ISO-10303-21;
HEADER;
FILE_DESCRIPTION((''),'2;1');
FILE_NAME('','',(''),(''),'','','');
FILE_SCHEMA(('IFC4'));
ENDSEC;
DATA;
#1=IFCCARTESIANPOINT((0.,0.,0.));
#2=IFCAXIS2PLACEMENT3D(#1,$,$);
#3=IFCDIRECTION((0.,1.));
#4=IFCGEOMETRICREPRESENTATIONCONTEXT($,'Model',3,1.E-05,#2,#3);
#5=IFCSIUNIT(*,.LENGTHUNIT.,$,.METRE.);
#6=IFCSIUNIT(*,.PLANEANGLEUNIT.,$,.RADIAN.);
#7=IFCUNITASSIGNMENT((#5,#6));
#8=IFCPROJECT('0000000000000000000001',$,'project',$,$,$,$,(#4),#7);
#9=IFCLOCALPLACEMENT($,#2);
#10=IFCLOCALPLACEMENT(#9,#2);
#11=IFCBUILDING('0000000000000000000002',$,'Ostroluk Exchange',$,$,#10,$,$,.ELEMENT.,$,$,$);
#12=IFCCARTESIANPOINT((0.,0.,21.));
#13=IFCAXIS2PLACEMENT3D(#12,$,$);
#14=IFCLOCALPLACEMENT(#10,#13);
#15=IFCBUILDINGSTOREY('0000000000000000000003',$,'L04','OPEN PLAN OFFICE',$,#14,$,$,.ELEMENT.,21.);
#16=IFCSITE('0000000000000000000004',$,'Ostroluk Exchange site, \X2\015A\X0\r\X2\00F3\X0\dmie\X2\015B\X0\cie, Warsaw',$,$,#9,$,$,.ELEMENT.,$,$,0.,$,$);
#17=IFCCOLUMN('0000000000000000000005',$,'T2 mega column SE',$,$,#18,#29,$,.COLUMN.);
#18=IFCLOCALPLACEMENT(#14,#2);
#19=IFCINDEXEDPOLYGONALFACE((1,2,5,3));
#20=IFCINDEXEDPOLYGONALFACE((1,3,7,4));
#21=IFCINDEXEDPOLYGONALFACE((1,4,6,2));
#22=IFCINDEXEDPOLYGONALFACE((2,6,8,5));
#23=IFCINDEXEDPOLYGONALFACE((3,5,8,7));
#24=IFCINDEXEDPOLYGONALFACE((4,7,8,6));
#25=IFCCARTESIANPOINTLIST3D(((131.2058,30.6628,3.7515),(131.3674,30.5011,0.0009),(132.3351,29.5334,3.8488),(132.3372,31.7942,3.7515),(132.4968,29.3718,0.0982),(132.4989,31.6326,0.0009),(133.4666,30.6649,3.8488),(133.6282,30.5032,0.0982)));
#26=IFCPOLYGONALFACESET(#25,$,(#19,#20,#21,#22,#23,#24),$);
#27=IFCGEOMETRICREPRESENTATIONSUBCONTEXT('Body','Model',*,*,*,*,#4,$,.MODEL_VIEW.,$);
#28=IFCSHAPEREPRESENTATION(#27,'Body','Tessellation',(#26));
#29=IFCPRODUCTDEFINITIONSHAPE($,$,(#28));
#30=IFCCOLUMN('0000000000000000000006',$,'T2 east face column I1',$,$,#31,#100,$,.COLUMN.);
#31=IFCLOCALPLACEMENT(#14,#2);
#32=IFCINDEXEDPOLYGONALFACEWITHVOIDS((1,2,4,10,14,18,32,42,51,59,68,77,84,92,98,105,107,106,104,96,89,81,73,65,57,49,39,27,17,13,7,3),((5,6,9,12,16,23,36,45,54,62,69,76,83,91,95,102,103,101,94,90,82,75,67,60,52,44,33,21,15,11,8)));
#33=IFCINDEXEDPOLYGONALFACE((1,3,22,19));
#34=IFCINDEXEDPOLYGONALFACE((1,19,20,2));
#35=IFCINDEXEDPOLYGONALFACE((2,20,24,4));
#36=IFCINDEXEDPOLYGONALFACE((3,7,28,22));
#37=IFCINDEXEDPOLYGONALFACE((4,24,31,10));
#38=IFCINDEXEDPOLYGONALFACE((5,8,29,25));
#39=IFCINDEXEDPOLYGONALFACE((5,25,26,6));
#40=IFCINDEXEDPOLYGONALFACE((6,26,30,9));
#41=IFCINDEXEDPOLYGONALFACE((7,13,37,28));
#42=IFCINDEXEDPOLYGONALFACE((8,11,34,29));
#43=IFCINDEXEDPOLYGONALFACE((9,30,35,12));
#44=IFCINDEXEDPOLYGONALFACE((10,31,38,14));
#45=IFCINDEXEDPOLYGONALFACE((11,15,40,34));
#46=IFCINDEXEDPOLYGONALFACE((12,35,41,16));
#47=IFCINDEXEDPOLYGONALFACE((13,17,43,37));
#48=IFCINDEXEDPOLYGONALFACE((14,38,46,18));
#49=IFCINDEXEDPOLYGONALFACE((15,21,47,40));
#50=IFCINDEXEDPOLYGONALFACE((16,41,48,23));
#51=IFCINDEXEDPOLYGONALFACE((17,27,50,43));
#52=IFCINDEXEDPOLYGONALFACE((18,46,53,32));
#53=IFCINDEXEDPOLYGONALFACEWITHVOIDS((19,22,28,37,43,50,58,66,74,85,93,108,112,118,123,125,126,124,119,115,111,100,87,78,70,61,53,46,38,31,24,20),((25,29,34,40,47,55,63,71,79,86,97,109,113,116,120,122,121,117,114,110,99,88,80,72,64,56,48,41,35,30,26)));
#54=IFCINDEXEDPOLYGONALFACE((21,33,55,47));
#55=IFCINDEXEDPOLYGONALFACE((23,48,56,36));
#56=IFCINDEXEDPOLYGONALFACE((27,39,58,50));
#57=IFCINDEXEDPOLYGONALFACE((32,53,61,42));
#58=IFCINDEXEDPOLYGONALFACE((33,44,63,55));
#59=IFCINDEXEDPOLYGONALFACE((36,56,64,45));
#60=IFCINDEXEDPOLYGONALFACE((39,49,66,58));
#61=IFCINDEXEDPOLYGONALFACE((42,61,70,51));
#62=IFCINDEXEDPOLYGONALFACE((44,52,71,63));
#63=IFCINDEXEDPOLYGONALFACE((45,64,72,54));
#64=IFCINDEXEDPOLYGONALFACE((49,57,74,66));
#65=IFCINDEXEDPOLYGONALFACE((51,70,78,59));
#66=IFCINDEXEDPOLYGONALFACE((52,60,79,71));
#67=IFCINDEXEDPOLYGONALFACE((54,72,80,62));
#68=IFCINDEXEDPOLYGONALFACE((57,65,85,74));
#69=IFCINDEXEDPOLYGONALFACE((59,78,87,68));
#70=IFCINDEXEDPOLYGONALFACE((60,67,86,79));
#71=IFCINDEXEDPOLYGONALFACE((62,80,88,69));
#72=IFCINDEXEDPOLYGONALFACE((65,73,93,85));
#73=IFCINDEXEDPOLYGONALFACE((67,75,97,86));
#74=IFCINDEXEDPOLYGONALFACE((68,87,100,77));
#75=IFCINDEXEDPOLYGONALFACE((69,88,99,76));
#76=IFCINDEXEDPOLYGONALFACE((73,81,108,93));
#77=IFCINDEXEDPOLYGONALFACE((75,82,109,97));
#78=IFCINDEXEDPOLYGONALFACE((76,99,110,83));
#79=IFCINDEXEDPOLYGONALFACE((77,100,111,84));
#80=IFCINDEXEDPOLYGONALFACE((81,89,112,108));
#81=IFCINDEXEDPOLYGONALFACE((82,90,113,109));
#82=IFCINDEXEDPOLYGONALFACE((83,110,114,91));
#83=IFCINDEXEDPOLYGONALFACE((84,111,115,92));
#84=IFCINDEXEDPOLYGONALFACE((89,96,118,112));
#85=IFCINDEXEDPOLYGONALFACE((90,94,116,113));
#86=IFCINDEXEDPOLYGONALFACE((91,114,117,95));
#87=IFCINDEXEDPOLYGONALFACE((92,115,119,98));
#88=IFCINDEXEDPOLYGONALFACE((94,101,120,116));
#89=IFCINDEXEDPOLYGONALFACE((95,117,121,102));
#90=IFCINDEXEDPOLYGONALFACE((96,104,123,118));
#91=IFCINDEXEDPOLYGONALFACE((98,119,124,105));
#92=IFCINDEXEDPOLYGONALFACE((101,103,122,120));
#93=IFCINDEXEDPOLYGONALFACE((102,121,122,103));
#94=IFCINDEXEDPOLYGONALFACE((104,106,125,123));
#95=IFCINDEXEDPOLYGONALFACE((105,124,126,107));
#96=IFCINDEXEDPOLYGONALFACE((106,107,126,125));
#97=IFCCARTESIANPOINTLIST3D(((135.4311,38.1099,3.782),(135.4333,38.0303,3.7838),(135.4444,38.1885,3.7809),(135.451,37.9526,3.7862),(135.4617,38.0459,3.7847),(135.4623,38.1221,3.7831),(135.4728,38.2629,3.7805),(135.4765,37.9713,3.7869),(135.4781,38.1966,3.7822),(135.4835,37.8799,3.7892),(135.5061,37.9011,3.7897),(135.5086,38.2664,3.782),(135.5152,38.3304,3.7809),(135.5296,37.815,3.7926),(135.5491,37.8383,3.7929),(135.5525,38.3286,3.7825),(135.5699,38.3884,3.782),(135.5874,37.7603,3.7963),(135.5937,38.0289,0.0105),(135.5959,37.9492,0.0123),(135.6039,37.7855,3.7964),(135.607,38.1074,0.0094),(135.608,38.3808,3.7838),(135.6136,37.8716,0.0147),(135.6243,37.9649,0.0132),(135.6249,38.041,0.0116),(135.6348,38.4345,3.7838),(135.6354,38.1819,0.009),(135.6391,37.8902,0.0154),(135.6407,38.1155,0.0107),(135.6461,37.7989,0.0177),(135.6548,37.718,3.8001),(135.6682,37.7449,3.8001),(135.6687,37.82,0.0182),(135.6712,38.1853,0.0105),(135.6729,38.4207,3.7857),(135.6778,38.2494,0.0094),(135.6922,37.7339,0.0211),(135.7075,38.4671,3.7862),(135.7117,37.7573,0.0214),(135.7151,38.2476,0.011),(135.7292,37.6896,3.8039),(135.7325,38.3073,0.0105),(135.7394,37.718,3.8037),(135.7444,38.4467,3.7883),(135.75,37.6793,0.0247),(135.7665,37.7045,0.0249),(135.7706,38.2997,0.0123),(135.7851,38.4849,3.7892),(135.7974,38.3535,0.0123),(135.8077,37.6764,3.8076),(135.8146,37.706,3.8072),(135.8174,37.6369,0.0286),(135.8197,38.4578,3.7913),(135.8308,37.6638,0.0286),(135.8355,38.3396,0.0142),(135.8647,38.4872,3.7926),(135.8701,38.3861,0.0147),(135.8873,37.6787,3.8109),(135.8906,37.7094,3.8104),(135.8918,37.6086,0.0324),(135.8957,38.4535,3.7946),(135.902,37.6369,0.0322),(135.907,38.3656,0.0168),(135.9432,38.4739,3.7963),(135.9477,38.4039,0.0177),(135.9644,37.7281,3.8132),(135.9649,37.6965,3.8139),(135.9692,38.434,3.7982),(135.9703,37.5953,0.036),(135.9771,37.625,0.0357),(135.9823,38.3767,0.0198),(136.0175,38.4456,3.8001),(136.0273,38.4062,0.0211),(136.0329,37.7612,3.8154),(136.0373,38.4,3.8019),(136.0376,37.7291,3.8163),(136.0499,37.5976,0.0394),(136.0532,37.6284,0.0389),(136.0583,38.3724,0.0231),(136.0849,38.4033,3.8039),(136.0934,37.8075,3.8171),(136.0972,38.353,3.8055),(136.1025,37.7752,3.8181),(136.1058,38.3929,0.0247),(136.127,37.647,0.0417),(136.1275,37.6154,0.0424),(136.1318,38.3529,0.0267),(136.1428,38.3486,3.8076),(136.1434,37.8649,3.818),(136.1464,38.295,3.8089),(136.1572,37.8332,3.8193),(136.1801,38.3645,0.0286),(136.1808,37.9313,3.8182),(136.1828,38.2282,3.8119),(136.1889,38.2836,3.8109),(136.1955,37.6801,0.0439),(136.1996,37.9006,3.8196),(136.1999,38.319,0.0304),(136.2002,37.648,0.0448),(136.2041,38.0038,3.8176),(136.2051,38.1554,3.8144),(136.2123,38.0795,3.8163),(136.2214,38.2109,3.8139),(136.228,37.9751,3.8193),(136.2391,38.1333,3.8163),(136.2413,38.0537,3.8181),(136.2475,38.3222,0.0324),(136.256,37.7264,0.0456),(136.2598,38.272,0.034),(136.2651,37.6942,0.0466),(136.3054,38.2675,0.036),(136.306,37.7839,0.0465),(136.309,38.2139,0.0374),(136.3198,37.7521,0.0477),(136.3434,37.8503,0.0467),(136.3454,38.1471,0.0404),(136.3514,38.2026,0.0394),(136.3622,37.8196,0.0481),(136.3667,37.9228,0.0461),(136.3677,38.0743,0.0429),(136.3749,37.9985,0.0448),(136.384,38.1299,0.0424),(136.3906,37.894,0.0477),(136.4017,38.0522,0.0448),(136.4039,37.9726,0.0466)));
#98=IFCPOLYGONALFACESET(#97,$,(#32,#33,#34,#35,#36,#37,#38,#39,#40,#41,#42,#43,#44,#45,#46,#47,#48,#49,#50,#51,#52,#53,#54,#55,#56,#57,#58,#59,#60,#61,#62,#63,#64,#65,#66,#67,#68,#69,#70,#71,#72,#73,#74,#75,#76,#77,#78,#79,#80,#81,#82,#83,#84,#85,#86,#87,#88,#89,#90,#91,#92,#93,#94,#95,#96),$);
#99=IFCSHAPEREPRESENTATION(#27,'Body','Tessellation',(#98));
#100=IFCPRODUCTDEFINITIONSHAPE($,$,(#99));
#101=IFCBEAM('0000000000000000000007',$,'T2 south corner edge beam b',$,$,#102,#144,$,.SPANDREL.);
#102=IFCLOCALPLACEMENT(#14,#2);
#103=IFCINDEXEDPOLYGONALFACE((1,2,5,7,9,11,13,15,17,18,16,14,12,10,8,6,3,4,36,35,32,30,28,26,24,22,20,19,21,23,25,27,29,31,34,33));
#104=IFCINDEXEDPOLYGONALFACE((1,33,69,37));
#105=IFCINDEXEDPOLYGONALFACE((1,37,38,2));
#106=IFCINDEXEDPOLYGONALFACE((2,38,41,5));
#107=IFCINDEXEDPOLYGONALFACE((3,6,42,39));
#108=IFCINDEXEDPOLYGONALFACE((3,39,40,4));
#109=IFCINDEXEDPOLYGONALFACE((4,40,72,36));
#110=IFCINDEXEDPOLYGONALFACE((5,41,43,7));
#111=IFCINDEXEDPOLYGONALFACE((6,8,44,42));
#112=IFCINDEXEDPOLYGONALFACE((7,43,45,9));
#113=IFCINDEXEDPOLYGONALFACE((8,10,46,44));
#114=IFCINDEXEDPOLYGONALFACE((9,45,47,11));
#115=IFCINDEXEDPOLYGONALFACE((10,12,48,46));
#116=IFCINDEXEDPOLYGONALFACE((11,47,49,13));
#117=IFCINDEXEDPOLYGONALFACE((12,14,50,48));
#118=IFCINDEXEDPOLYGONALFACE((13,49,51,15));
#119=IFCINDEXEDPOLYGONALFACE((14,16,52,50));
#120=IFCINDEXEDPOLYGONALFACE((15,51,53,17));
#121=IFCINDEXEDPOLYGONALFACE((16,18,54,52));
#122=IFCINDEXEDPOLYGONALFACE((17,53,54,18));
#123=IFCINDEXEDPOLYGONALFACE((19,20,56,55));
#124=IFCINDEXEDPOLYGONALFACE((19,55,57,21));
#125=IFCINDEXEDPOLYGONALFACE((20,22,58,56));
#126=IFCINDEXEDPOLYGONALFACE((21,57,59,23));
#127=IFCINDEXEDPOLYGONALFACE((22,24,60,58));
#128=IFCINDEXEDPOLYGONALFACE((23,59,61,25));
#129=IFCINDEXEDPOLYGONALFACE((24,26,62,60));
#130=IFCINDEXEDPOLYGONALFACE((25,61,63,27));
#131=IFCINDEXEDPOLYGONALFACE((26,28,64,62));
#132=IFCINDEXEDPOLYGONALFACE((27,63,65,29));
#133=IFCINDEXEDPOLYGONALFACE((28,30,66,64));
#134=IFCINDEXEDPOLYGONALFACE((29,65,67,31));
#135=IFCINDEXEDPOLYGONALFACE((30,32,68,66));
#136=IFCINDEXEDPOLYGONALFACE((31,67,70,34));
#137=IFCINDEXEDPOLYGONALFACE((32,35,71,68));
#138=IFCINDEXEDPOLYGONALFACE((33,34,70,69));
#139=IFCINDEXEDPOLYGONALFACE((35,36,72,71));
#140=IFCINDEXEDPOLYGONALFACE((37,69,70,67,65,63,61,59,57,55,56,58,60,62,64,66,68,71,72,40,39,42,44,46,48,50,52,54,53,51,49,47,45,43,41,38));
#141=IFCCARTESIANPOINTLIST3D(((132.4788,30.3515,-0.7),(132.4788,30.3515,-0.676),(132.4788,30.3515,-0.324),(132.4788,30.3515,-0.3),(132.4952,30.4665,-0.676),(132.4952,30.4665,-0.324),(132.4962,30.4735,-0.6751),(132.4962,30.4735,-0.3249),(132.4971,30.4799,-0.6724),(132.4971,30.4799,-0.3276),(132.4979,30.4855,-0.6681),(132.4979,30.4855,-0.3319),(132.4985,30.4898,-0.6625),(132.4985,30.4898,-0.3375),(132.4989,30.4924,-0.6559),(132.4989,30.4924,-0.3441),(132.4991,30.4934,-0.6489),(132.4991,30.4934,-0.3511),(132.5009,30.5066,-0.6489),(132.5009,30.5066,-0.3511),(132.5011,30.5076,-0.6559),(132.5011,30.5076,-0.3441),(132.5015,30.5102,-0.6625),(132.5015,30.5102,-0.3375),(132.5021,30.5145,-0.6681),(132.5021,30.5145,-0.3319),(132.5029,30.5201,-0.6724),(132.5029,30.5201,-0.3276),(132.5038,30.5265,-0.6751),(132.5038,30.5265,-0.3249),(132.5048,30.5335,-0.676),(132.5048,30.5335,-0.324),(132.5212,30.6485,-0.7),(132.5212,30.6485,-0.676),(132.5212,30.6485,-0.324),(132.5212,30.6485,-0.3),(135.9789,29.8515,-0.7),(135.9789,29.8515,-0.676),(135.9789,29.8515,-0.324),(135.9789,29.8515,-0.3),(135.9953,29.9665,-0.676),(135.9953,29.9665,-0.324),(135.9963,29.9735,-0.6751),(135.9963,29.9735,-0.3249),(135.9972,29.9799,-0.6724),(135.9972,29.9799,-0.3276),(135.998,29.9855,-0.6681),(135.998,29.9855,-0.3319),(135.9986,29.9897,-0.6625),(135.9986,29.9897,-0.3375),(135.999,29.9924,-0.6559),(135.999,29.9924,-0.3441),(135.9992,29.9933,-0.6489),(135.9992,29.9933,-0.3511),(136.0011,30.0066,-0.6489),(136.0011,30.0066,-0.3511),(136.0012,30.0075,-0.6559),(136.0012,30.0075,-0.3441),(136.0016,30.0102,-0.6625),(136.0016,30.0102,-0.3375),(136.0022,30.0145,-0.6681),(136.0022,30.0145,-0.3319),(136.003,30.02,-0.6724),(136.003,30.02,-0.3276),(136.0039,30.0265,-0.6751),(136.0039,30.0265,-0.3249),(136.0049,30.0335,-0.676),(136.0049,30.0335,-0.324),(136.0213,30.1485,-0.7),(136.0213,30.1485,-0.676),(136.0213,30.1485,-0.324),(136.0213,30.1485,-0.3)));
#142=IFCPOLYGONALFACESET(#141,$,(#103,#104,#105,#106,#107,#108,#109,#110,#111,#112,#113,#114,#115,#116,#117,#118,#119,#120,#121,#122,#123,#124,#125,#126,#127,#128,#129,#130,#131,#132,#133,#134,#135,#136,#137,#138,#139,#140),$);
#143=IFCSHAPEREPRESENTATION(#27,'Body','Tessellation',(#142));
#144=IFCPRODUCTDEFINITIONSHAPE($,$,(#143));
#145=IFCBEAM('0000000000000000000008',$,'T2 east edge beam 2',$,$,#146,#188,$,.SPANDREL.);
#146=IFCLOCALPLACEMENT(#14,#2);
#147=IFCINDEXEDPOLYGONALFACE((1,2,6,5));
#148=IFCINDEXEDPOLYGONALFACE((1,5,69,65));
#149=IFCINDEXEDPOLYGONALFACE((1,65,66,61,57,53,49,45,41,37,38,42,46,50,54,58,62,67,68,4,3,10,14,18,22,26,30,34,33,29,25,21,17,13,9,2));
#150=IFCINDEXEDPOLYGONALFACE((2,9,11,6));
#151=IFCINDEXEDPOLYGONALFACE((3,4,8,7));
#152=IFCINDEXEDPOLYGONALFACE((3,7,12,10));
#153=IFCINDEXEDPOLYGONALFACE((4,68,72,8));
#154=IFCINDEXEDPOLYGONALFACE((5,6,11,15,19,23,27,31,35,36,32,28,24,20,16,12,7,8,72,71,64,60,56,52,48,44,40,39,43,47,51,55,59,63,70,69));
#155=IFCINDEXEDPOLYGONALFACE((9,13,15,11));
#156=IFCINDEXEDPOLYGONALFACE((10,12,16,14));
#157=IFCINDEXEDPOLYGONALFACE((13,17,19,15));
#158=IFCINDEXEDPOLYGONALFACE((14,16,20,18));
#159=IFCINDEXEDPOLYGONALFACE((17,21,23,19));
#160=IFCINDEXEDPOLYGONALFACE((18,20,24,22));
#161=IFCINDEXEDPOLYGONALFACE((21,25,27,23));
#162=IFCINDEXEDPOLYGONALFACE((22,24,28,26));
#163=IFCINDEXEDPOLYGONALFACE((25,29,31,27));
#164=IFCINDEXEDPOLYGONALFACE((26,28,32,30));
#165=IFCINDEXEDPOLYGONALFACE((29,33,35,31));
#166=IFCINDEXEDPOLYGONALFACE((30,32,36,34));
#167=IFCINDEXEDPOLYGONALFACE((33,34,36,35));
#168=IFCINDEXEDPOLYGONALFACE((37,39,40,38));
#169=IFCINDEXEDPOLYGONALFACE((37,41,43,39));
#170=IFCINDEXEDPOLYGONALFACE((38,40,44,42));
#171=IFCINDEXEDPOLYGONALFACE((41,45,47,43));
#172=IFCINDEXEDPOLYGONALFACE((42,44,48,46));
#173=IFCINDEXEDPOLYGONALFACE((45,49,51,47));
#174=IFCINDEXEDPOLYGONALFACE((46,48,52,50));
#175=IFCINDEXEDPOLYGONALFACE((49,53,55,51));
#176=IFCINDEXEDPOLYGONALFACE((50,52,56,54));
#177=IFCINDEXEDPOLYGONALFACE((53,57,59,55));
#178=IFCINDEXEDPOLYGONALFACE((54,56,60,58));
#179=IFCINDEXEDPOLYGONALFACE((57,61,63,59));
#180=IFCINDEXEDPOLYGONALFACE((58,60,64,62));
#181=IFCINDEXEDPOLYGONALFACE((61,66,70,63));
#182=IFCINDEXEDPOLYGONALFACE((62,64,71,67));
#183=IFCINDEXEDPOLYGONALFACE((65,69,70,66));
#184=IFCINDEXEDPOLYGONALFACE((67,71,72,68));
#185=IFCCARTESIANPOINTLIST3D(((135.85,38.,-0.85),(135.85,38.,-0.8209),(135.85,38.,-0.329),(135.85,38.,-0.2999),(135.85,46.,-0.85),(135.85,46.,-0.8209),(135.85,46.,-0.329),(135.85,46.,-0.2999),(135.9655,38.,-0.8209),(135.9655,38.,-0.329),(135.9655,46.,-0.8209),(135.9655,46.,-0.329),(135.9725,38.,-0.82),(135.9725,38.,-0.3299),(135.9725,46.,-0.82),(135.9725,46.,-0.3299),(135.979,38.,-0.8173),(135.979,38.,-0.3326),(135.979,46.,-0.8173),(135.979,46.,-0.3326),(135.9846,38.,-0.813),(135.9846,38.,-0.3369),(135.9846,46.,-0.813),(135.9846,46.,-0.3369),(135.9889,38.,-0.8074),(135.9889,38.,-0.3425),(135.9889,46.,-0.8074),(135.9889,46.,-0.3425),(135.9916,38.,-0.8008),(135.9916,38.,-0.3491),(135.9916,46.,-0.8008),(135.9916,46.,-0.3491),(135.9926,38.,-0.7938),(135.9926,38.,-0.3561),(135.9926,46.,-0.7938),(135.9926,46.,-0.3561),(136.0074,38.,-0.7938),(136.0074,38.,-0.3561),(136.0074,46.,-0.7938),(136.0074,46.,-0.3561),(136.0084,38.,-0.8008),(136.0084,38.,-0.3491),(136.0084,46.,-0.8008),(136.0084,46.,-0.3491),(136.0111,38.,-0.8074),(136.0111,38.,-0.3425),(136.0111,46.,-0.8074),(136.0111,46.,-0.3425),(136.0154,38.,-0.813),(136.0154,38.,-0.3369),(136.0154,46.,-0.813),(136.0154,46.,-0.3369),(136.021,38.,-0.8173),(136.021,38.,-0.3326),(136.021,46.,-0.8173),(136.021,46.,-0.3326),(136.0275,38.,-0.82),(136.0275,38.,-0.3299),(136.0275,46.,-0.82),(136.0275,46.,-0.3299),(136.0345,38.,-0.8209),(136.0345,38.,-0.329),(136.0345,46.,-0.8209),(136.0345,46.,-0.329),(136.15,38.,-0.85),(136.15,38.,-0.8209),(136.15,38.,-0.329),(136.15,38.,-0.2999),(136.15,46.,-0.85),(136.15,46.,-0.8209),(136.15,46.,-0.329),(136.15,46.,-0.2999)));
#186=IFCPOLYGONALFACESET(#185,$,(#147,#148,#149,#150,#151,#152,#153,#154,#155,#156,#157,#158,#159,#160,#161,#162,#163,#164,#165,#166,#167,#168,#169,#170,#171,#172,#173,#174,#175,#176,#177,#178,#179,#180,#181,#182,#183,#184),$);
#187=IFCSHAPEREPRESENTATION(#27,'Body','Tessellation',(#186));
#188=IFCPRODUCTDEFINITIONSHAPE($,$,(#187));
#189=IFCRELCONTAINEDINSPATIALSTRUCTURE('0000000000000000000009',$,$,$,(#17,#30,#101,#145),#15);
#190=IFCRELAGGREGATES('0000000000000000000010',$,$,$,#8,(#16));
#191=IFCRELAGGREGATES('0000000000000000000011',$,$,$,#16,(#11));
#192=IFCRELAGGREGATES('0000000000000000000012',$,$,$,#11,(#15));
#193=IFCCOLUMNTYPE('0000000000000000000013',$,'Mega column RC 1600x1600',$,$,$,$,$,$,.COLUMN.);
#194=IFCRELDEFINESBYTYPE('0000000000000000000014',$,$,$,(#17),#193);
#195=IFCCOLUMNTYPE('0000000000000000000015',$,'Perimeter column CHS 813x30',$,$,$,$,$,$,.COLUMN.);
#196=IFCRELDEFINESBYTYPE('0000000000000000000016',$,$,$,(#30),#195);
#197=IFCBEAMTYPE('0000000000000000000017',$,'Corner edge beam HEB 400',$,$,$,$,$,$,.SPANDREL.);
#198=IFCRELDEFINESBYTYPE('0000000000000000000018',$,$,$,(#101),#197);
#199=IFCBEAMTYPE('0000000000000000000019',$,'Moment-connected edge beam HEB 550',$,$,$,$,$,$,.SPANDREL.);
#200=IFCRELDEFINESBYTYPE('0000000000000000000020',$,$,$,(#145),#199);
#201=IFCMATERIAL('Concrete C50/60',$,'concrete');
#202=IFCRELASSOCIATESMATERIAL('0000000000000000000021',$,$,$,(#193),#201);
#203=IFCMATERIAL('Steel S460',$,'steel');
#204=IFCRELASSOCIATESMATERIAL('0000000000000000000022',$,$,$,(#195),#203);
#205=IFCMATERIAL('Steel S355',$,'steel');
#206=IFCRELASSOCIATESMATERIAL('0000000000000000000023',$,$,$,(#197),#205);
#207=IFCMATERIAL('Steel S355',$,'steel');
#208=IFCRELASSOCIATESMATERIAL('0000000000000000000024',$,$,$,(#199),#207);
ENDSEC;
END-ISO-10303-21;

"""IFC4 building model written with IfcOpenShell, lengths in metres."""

from ifc_helpers import new_model, si_unit, direction, frame, origin, origin_2d, place, context, subcontext, project, spatial, rectangle, hollow_circle, i_section, extrude, material, material_profile, profile_set, type_object, element, save


model = new_model("IFC4")

# Units and contexts
model_context = context("Model", 3, precision=1e-05, world=origin(), true_north=direction((0.0, 1.0)))
body_context = subcontext(model_context, "Body", "Model", "MODEL_VIEW")
ifc_project = project(units=[si_unit("LENGTHUNIT", "METRE"), si_unit("PLANEANGLEUNIT", "RADIAN")], contexts=[model_context])

# Site, building, storey
site_placement = place(None, origin())
site = spatial("IfcSite", under=ifc_project, at=site_placement, Name="Ostroluk Exchange site, Śródmieście, Warsaw", CompositionType="ELEMENT", RefElevation=0.0)
building_placement = place(site_placement, origin())
building = spatial("IfcBuilding", under=site, at=building_placement, Name="Ostroluk Exchange", CompositionType="ELEMENT")
storey_placement = place(building_placement, frame((0.0, 0.0, 21.0)))
storey = spatial("IfcBuildingStorey", under=building, at=storey_placement, Name="L04", Description="OPEN PLAN OFFICE", CompositionType="ELEMENT", Elevation=21.0)

# Columns
ifc_material_1 = material(Name="Concrete C50/60", Category="concrete")
ifc_material_profile_1 = material_profile(ifc_material_1, rectangle(XDim=1.6001, YDim=1.6001, at=origin_2d()), Name="RC 1600x1600")
ifc_profile_set_1 = profile_set([ifc_material_profile_1], Name="Concrete C50/60")
column_type_1 = type_object("IfcColumnType", Name="Mega column RC 1600x1600", PredefinedType="COLUMN", material=ifc_profile_set_1)
column_1_placement = place(storey_placement, frame((132.4978, 30.5022, 0.0496), z_axis=(-0.043014, 0.043014, 0.998148), x_axis=(-0.707107, -0.707107, 0.0)))
element("IfcColumn", 1, at=column_1_placement, inside=storey, type_object=column_type_1, Name="T2 mega column SE", PredefinedType="COLUMN", context=body_context, shape_type="SweptSolid", body=[
    extrude(rectangle(XDim=1.6001, YDim=1.6001, at=origin_2d()), origin(), (0.0, 0.0, 1.0), 3.7576),
])
ifc_material_2 = material(Name="Steel S460", Category="steel")
ifc_material_profile_2 = material_profile(ifc_material_2, hollow_circle(Radius=0.4065, WallThickness=0.03, at=origin_2d()), Name="CHS 813x30")
ifc_profile_set_2 = profile_set([ifc_material_profile_2], Name="Steel S460")
column_type_2 = type_object("IfcColumnType", Name="Perimeter column CHS 813x30", PredefinedType="COLUMN", material=ifc_profile_set_2)
column_2_placement = place(storey_placement, frame((135.9988, 38.0007, 0.0286), z_axis=(-0.043062, 0.021467, 0.998842), x_axis=(-0.446138, -0.894964, 0.0)))
element("IfcColumn", 2, at=column_2_placement, inside=storey, type_object=column_type_2, Name="T2 east face column I1", PredefinedType="COLUMN", context=body_context, shape_type="SweptSolid", body=[
    extrude(hollow_circle(Radius=0.4065, WallThickness=0.03, at=origin_2d()), origin(), (0.0, 0.0, 1.0), 3.7759),
])

# Beams
ifc_material_3 = material(Name="Steel S355", Category="steel")
ifc_material_profile_3 = material_profile(ifc_material_3, i_section(OverallWidth=0.3, OverallDepth=0.3999, WebThickness=0.0134, FlangeThickness=0.0239, FilletRadius=0.0271, at=origin_2d()), Name="HEB 400")
ifc_profile_set_3 = profile_set([ifc_material_profile_3], Name="Steel S355")
beam_type_1 = type_object("IfcBeamType", Name="Corner edge beam HEB 400", PredefinedType="SPANDREL", material=ifc_profile_set_3)
beam_1_placement = place(storey_placement, frame((132.5, 30.5, -0.5), z_axis=(0.989949, -0.141421, 0.0), x_axis=(0.141421, 0.989949, 0.0)))
element("IfcBeam", 3, at=beam_1_placement, inside=storey, type_object=beam_type_1, Name="T2 south corner edge beam b", PredefinedType="SPANDREL", context=body_context, shape_type="SweptSolid", body=[
    extrude(i_section(OverallWidth=0.3, OverallDepth=0.3999, WebThickness=0.0134, FlangeThickness=0.0239, FilletRadius=0.0271, at=origin_2d()), origin(), (0.0, 0.0, 1.0), 3.5356),
])
ifc_material_4 = material(Name="Steel S355", Category="steel")
ifc_material_profile_4 = material_profile(ifc_material_4, i_section(OverallWidth=0.3, OverallDepth=0.55, WebThickness=0.0149, FlangeThickness=0.0291, FilletRadius=0.0271, at=origin_2d()), Name="HEB 550")
ifc_profile_set_4 = profile_set([ifc_material_profile_4], Name="Steel S355")
beam_type_2 = type_object("IfcBeamType", Name="Moment-connected edge beam HEB 550", PredefinedType="SPANDREL", material=ifc_profile_set_4)
beam_2_placement = place(storey_placement, frame((136.0, 38.0, -0.575), z_axis=(0.0, 1.0, 0.0), x_axis=(-1.0, 0.0, 0.0)))
element("IfcBeam", 4, at=beam_2_placement, inside=storey, type_object=beam_type_2, Name="T2 east edge beam 2", PredefinedType="SPANDREL", context=body_context, shape_type="SweptSolid", body=[
    extrude(i_section(OverallWidth=0.3, OverallDepth=0.55, WebThickness=0.0149, FlangeThickness=0.0291, FilletRadius=0.0271, at=origin_2d()), origin(), (0.0, 0.0, 1.0), 8.0),
])

save(model, "model.ifc")
